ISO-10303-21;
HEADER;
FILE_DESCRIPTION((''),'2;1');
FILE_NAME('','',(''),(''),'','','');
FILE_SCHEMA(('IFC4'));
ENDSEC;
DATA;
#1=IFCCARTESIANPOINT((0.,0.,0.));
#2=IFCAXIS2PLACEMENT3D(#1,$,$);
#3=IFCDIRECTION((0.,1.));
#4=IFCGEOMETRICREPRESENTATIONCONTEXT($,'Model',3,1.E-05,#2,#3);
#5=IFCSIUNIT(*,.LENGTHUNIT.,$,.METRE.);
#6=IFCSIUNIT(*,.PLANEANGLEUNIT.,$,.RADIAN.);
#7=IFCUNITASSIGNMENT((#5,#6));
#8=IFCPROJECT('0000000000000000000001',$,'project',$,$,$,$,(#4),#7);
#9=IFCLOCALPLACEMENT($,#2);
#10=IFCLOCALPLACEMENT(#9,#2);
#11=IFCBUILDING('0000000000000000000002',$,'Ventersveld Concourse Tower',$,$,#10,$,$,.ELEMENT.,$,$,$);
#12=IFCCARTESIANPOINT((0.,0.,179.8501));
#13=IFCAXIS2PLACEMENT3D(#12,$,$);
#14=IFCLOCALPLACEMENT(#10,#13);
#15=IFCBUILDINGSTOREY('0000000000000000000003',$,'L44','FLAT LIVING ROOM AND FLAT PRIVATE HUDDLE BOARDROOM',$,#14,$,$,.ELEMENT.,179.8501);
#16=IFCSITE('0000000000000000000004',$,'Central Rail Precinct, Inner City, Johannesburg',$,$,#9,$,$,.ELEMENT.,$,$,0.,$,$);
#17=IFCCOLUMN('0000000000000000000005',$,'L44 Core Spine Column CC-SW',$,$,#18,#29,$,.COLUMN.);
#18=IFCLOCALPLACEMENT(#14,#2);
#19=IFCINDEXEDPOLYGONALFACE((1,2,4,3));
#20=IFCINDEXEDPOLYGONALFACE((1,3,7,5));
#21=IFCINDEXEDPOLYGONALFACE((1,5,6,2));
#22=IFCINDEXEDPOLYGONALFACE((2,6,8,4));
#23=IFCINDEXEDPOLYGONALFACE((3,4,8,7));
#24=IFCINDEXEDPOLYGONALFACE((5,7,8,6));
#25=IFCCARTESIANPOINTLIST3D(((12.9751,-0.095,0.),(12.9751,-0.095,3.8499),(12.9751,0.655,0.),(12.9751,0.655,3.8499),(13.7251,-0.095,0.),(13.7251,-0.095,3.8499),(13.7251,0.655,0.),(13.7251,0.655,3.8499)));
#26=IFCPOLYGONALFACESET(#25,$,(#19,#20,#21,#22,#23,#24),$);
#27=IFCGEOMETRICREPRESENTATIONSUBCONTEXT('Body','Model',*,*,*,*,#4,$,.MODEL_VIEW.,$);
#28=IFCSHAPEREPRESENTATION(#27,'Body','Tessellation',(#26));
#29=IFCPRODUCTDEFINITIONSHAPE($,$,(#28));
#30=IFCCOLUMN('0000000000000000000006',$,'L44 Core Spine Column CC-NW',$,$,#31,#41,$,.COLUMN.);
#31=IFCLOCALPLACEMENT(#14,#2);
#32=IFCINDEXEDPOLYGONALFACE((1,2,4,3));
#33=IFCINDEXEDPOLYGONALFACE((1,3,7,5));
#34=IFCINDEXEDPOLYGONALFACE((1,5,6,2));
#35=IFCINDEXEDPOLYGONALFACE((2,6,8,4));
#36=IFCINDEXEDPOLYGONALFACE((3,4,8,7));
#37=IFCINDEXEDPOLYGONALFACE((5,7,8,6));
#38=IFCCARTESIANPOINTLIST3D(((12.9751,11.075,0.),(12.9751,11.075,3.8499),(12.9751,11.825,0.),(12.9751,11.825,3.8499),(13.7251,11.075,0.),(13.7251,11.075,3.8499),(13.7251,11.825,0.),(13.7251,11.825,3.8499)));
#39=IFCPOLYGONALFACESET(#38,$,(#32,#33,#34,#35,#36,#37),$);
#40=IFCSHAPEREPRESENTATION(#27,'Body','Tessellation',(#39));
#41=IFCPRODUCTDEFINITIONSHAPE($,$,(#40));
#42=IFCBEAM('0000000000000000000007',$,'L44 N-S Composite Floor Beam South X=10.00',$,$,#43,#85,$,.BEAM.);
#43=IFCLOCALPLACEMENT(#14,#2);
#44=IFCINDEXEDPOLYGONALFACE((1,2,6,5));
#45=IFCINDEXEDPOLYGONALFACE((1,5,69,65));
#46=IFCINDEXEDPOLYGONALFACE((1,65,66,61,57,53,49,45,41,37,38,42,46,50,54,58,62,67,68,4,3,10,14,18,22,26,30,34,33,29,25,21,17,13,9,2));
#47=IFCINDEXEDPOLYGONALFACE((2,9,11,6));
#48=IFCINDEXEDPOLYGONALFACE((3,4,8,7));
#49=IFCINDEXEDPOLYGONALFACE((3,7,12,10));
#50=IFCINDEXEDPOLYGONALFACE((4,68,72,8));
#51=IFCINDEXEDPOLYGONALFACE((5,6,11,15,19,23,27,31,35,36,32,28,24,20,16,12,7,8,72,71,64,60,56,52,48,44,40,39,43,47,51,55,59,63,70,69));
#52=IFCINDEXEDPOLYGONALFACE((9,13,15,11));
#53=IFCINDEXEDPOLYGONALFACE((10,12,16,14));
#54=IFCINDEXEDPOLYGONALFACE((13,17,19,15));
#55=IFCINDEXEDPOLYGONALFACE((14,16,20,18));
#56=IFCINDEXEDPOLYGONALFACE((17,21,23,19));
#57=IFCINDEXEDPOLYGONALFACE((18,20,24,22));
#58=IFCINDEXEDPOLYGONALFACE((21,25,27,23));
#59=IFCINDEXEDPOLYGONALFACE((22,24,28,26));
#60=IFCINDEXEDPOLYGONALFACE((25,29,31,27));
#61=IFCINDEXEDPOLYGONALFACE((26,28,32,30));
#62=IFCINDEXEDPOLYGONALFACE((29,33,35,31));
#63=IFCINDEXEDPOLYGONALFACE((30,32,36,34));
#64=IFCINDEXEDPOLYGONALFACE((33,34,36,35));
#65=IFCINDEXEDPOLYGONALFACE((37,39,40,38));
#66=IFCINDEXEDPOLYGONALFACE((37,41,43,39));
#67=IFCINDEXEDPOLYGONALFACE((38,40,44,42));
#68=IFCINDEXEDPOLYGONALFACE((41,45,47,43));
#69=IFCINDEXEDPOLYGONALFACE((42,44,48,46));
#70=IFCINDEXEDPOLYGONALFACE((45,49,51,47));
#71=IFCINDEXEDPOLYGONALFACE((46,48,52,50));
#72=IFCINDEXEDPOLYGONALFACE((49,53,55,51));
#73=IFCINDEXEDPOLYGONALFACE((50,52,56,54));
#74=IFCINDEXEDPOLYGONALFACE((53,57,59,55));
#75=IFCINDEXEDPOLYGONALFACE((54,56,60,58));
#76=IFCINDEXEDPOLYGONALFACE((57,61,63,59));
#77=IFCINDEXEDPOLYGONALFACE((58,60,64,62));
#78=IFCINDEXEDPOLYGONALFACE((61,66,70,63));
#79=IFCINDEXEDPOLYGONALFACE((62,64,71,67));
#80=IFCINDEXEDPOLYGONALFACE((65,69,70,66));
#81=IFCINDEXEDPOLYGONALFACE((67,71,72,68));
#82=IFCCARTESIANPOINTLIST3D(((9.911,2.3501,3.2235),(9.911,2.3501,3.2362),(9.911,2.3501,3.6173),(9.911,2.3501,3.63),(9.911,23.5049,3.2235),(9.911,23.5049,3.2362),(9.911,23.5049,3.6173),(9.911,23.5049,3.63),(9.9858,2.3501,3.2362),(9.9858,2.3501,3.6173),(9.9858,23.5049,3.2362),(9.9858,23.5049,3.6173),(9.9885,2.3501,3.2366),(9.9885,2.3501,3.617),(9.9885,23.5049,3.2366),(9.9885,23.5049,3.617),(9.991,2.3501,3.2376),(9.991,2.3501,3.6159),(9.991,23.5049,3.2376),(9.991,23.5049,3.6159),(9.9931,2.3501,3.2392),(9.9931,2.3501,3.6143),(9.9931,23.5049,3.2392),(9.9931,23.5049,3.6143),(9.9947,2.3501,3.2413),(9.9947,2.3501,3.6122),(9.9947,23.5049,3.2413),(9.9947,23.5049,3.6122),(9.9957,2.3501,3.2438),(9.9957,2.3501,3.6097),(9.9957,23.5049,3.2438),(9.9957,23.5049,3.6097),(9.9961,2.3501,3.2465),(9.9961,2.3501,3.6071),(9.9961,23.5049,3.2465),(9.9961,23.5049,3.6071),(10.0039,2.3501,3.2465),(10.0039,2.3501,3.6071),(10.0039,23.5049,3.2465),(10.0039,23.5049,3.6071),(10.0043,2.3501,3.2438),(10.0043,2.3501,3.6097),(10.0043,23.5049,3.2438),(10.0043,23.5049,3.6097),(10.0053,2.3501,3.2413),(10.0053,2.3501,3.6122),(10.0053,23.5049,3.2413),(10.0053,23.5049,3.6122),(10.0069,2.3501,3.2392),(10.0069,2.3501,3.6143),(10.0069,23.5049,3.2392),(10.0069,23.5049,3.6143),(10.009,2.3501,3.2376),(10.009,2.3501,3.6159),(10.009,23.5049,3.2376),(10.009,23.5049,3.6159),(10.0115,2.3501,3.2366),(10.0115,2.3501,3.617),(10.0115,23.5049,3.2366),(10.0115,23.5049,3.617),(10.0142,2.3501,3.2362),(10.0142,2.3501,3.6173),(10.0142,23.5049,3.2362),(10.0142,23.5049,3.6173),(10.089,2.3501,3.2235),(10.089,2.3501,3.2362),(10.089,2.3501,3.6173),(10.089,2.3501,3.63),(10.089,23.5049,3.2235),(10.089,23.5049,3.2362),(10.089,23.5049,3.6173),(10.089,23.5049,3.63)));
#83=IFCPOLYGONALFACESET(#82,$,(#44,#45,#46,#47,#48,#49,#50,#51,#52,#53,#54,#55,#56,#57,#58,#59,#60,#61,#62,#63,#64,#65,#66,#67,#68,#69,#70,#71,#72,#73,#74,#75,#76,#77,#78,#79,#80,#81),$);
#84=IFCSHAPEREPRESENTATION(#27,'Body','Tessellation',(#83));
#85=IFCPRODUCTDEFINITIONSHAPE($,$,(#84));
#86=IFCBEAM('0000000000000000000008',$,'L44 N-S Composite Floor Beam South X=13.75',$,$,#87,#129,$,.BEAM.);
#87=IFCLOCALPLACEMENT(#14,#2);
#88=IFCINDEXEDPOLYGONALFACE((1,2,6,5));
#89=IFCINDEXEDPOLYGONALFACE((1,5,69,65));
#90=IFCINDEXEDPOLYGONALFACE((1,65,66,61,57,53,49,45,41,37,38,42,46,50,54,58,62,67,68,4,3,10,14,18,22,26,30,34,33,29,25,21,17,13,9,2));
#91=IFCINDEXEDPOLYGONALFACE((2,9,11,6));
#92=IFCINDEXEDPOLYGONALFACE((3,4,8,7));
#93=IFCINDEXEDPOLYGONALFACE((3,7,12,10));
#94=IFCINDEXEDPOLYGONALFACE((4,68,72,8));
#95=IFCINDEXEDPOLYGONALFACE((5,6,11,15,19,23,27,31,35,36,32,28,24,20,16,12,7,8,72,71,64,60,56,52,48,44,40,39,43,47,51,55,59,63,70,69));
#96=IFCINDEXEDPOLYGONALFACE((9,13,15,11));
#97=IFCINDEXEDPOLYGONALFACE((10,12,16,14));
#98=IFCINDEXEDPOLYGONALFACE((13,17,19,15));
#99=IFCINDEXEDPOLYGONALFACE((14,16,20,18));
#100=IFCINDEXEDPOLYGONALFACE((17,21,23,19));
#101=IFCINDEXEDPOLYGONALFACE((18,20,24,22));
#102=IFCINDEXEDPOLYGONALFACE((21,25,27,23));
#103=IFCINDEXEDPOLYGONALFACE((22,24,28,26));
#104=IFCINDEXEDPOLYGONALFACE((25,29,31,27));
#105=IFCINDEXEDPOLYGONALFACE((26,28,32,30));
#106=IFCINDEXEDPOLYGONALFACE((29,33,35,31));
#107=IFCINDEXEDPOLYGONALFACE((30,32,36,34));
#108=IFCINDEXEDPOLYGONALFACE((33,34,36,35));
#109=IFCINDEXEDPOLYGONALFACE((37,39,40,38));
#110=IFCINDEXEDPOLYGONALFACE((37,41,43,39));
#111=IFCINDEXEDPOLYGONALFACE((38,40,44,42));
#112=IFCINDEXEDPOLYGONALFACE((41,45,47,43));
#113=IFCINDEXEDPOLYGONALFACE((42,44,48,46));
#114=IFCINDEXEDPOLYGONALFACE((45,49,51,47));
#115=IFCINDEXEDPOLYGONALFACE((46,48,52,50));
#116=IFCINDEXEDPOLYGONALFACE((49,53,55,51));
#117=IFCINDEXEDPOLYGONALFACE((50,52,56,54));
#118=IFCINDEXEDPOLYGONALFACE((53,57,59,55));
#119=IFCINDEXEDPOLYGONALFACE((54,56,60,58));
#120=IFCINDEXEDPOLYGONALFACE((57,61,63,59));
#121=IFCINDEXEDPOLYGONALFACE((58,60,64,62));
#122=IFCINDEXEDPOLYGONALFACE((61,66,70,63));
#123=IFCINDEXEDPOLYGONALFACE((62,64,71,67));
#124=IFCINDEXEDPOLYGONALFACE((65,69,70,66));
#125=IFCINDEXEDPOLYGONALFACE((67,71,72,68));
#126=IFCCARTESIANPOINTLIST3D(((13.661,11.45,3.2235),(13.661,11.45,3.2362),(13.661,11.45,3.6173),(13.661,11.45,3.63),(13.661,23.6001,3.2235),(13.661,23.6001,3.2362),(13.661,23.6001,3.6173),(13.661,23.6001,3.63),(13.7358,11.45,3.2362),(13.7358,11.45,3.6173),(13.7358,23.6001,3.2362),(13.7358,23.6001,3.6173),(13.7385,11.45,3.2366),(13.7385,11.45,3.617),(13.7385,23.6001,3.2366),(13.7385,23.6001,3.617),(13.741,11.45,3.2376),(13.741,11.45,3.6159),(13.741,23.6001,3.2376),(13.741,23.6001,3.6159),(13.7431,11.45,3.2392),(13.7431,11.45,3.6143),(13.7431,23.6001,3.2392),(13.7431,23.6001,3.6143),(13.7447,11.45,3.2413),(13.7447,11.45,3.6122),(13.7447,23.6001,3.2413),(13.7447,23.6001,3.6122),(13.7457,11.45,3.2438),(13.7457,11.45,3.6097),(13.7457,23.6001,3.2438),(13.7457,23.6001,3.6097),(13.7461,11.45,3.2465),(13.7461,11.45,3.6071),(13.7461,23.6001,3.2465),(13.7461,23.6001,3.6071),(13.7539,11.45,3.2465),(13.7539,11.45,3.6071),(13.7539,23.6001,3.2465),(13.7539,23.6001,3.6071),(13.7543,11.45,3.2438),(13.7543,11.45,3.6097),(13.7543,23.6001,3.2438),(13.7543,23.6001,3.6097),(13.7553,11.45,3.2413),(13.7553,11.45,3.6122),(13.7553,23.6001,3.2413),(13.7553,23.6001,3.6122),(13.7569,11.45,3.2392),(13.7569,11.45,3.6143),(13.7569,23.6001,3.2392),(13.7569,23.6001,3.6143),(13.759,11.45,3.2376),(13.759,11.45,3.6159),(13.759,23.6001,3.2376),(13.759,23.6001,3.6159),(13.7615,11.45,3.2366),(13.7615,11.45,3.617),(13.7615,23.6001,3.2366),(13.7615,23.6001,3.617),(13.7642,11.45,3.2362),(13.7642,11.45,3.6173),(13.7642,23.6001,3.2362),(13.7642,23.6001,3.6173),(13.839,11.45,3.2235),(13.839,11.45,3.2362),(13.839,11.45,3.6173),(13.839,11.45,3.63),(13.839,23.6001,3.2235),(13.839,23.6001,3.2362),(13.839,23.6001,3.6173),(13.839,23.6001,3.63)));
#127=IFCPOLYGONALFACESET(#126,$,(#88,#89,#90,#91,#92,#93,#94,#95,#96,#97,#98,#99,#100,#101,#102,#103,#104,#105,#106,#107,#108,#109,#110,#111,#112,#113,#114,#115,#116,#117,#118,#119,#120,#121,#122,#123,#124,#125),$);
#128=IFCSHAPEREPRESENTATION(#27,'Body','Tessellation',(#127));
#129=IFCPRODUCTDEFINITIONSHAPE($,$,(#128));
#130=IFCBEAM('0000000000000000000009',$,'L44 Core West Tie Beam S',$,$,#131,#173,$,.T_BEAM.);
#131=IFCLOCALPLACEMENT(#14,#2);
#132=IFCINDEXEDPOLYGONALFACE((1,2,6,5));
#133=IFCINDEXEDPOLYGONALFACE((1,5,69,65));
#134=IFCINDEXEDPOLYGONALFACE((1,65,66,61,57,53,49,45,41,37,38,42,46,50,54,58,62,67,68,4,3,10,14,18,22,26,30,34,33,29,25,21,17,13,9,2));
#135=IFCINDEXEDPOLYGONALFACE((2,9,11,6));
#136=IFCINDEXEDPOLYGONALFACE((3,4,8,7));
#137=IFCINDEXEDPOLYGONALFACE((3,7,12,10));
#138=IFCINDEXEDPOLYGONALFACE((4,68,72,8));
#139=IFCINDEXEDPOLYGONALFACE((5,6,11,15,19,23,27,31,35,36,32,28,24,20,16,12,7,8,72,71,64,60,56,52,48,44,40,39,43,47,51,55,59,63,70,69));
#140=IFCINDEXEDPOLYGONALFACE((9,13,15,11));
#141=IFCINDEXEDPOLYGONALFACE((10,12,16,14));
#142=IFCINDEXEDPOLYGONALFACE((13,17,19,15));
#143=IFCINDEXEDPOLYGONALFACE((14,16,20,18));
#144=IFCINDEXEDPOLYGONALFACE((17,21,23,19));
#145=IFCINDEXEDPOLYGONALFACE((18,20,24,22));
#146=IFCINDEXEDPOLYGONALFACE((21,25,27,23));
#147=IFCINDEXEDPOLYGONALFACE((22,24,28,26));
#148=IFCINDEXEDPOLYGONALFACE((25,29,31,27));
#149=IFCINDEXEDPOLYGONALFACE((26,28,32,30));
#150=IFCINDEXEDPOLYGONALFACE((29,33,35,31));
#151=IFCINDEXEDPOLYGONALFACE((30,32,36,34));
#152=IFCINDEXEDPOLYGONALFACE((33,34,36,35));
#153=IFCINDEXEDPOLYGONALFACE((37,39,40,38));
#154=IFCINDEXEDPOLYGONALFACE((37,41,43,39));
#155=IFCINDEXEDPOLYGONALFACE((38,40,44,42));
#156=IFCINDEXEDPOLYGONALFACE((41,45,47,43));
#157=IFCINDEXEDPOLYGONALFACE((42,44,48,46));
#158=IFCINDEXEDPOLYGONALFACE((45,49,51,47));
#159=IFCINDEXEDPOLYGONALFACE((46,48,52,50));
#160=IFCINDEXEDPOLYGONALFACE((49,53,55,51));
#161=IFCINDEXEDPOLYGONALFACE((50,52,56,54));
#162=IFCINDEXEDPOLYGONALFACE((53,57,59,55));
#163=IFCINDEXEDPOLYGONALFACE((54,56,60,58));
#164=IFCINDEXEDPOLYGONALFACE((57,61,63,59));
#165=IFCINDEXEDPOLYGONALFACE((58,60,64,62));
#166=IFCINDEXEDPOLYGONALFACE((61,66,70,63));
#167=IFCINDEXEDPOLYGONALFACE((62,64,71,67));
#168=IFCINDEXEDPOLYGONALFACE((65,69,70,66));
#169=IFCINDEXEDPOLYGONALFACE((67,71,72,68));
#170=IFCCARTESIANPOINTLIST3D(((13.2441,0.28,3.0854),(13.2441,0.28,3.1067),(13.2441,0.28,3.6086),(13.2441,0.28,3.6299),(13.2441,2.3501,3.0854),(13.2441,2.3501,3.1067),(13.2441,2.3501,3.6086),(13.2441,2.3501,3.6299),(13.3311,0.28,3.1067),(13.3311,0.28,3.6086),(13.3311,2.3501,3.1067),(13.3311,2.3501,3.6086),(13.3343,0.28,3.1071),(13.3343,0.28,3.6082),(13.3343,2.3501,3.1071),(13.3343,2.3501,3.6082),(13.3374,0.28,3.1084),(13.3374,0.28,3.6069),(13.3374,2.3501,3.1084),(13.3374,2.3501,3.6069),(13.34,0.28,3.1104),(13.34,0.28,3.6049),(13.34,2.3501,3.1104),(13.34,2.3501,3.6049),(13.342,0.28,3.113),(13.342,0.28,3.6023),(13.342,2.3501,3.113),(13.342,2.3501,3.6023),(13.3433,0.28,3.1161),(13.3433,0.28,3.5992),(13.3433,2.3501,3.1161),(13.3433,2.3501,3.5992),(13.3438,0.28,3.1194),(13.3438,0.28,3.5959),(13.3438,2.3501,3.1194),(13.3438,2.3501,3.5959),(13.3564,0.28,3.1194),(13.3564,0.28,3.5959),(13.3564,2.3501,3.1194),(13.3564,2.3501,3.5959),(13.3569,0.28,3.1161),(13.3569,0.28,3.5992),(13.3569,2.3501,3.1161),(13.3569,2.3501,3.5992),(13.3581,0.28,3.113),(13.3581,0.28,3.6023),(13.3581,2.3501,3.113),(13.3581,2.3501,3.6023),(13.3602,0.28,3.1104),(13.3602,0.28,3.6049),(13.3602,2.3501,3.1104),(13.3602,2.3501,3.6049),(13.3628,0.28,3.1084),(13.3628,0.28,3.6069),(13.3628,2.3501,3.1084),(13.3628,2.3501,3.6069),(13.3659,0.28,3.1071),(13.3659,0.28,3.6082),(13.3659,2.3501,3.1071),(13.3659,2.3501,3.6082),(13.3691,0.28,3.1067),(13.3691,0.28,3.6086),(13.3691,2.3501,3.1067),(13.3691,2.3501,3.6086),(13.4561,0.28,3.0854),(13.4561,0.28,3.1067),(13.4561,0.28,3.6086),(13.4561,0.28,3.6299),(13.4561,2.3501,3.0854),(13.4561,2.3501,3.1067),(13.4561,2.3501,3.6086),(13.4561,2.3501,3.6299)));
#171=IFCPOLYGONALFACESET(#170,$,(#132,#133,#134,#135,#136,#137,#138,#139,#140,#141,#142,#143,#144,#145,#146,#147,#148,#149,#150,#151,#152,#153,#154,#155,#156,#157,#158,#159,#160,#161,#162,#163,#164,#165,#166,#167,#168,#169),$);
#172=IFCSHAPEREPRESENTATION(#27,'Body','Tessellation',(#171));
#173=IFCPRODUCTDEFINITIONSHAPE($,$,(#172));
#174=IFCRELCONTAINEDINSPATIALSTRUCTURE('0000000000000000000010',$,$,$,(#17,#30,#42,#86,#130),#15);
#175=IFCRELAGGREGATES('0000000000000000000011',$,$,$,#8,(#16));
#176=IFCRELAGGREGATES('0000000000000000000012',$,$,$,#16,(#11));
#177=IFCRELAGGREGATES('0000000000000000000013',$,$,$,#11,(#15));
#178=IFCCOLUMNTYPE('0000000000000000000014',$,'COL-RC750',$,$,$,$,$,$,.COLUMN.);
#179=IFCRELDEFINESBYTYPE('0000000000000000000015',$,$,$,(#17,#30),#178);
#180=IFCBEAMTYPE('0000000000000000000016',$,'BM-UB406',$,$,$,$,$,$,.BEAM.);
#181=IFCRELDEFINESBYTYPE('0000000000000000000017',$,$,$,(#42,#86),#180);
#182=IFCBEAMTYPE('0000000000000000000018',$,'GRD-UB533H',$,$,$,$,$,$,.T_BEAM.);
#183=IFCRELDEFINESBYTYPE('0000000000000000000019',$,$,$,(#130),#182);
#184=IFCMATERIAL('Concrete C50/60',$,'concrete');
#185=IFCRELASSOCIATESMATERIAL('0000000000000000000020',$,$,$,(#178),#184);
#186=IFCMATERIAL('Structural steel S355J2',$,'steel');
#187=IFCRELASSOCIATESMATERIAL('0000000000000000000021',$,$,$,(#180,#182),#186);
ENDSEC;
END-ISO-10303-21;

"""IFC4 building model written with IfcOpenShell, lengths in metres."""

from ifc_helpers import new_model, si_unit, direction, frame, origin, origin_2d, place, context, subcontext, project, spatial, rectangle, i_section, extrude, material, material_profile, profile_set, type_object, element, save


model = new_model("IFC4")

# Units and contexts
model_context = context("Model", 3, precision=1e-05, world=origin(), true_north=direction((0.0, 1.0)))
body_context = subcontext(model_context, "Body", "Model", "MODEL_VIEW")
ifc_project = project(units=[si_unit("LENGTHUNIT", "METRE"), si_unit("PLANEANGLEUNIT", "RADIAN")], contexts=[model_context])

# Site, building, storey
site_placement = place(None, origin())
site = spatial("IfcSite", under=ifc_project, at=site_placement, Name="Central Rail Precinct, Inner City, Johannesburg", CompositionType="ELEMENT", RefElevation=0.0)
building_placement = place(site_placement, origin())
building = spatial("IfcBuilding", under=site, at=building_placement, Name="Ventersveld Concourse Tower", CompositionType="ELEMENT")
storey_placement = place(building_placement, frame((0.0, 0.0, 179.8501)))
storey = spatial("IfcBuildingStorey", under=building, at=storey_placement, Name="L44", Description="FLAT LIVING ROOM AND FLAT PRIVATE HUDDLE BOARDROOM", CompositionType="ELEMENT", Elevation=179.8501)

# Columns
ifc_material_1 = material(Name="Concrete C50/60", Category="concrete")
ifc_material_profile_1 = material_profile(ifc_material_1, rectangle(XDim=0.75, YDim=0.75, at=origin_2d()), Name="RC 750x750")
ifc_profile_set_1 = profile_set([ifc_material_profile_1], Name="Concrete C50/60")
column_type = type_object("IfcColumnType", Name="COL-RC750", PredefinedType="COLUMN", material=ifc_profile_set_1)
for number, where, z_axis, x_axis, name in (
    (1, (13.3501, 0.28, 0.0), (0.0, 0.0, 1.0), (1.0, 0.0, 0.0), "L44 Core Spine Column CC-SW"),
    (2, (13.3501, 11.45, 0.0), (0.0, 0.0, 1.0), (1.0, 0.0, 0.0), "L44 Core Spine Column CC-NW"),
):
    element("IfcColumn", number, at=place(storey_placement, frame(where, z_axis=z_axis, x_axis=x_axis)), inside=storey, type_object=column_type, Name=name, PredefinedType="COLUMN", context=body_context, shape_type="SweptSolid", body=[
        extrude(rectangle(XDim=0.75, YDim=0.75, at=origin_2d()), origin(), (0.0, 0.0, 1.0), 3.8499),
    ])

# Beams
ifc_material_2 = material(Name="Structural steel S355J2", Category="steel")
ifc_material_profile_2 = material_profile(ifc_material_2, i_section(OverallWidth=0.178, OverallDepth=0.4065, WebThickness=0.0078, FlangeThickness=0.0127, FilletRadius=0.0103, at=origin_2d()), Name="UB 406x178x60")
ifc_profile_set_2 = profile_set([ifc_material_profile_2], Name="Structural steel S355J2")
beam_type_1 = type_object("IfcBeamType", Name="BM-UB406", PredefinedType="BEAM", material=ifc_profile_set_2)
beam_1_placement = place(storey_placement, frame((10.0, 2.3501, 3.4268), z_axis=(0.0, 1.0, 0.0), x_axis=(-1.0, 0.0, 0.0)))
element("IfcBeam", 3, at=beam_1_placement, inside=storey, type_object=beam_type_1, Name="L44 N-S Composite Floor Beam South X=10.00", PredefinedType="BEAM", context=body_context, shape_type="SweptSolid", body=[
    extrude(i_section(OverallWidth=0.178, OverallDepth=0.4065, WebThickness=0.0078, FlangeThickness=0.0127, FilletRadius=0.0103, at=origin_2d()), origin(), (0.0, 0.0, 1.0), 21.1548),
])
beam_2_placement = place(storey_placement, frame((13.75, 11.45, 3.4268), z_axis=(0.0, 1.0, 0.0), x_axis=(-1.0, 0.0, 0.0)))
element("IfcBeam", 4, at=beam_2_placement, inside=storey, type_object=beam_type_1, Name="L44 N-S Composite Floor Beam South X=13.75", PredefinedType="BEAM", context=body_context, shape_type="SweptSolid", body=[
    extrude(i_section(OverallWidth=0.178, OverallDepth=0.4065, WebThickness=0.0078, FlangeThickness=0.0127, FilletRadius=0.0103, at=origin_2d()), origin(), (0.0, 0.0, 1.0), 12.1501),
])
ifc_material_profile_3 = material_profile(ifc_material_2, i_section(OverallWidth=0.2119, OverallDepth=0.5444, WebThickness=0.0127, FlangeThickness=0.0212, FilletRadius=0.0127, at=origin_2d()), Name="UB 533x210x122")
ifc_profile_set_3 = profile_set([ifc_material_profile_3], Name="Structural steel S355J2")
beam_type_2 = type_object("IfcBeamType", Name="GRD-UB533H", PredefinedType="T_BEAM", material=ifc_profile_set_3)
beam_3_placement = place(storey_placement, frame((13.3501, 0.28, 3.3577), z_axis=(0.0, 1.0, 0.0), x_axis=(-1.0, 0.0, 0.0)))
element("IfcBeam", 5, at=beam_3_placement, inside=storey, type_object=beam_type_2, Name="L44 Core West Tie Beam S", PredefinedType="T_BEAM", context=body_context, shape_type="SweptSolid", body=[
    extrude(i_section(OverallWidth=0.2119, OverallDepth=0.5444, WebThickness=0.0127, FlangeThickness=0.0212, FilletRadius=0.0127, at=origin_2d()), origin(), (0.0, 0.0, 1.0), 2.0701),
])

save(model, "model.ifc")
